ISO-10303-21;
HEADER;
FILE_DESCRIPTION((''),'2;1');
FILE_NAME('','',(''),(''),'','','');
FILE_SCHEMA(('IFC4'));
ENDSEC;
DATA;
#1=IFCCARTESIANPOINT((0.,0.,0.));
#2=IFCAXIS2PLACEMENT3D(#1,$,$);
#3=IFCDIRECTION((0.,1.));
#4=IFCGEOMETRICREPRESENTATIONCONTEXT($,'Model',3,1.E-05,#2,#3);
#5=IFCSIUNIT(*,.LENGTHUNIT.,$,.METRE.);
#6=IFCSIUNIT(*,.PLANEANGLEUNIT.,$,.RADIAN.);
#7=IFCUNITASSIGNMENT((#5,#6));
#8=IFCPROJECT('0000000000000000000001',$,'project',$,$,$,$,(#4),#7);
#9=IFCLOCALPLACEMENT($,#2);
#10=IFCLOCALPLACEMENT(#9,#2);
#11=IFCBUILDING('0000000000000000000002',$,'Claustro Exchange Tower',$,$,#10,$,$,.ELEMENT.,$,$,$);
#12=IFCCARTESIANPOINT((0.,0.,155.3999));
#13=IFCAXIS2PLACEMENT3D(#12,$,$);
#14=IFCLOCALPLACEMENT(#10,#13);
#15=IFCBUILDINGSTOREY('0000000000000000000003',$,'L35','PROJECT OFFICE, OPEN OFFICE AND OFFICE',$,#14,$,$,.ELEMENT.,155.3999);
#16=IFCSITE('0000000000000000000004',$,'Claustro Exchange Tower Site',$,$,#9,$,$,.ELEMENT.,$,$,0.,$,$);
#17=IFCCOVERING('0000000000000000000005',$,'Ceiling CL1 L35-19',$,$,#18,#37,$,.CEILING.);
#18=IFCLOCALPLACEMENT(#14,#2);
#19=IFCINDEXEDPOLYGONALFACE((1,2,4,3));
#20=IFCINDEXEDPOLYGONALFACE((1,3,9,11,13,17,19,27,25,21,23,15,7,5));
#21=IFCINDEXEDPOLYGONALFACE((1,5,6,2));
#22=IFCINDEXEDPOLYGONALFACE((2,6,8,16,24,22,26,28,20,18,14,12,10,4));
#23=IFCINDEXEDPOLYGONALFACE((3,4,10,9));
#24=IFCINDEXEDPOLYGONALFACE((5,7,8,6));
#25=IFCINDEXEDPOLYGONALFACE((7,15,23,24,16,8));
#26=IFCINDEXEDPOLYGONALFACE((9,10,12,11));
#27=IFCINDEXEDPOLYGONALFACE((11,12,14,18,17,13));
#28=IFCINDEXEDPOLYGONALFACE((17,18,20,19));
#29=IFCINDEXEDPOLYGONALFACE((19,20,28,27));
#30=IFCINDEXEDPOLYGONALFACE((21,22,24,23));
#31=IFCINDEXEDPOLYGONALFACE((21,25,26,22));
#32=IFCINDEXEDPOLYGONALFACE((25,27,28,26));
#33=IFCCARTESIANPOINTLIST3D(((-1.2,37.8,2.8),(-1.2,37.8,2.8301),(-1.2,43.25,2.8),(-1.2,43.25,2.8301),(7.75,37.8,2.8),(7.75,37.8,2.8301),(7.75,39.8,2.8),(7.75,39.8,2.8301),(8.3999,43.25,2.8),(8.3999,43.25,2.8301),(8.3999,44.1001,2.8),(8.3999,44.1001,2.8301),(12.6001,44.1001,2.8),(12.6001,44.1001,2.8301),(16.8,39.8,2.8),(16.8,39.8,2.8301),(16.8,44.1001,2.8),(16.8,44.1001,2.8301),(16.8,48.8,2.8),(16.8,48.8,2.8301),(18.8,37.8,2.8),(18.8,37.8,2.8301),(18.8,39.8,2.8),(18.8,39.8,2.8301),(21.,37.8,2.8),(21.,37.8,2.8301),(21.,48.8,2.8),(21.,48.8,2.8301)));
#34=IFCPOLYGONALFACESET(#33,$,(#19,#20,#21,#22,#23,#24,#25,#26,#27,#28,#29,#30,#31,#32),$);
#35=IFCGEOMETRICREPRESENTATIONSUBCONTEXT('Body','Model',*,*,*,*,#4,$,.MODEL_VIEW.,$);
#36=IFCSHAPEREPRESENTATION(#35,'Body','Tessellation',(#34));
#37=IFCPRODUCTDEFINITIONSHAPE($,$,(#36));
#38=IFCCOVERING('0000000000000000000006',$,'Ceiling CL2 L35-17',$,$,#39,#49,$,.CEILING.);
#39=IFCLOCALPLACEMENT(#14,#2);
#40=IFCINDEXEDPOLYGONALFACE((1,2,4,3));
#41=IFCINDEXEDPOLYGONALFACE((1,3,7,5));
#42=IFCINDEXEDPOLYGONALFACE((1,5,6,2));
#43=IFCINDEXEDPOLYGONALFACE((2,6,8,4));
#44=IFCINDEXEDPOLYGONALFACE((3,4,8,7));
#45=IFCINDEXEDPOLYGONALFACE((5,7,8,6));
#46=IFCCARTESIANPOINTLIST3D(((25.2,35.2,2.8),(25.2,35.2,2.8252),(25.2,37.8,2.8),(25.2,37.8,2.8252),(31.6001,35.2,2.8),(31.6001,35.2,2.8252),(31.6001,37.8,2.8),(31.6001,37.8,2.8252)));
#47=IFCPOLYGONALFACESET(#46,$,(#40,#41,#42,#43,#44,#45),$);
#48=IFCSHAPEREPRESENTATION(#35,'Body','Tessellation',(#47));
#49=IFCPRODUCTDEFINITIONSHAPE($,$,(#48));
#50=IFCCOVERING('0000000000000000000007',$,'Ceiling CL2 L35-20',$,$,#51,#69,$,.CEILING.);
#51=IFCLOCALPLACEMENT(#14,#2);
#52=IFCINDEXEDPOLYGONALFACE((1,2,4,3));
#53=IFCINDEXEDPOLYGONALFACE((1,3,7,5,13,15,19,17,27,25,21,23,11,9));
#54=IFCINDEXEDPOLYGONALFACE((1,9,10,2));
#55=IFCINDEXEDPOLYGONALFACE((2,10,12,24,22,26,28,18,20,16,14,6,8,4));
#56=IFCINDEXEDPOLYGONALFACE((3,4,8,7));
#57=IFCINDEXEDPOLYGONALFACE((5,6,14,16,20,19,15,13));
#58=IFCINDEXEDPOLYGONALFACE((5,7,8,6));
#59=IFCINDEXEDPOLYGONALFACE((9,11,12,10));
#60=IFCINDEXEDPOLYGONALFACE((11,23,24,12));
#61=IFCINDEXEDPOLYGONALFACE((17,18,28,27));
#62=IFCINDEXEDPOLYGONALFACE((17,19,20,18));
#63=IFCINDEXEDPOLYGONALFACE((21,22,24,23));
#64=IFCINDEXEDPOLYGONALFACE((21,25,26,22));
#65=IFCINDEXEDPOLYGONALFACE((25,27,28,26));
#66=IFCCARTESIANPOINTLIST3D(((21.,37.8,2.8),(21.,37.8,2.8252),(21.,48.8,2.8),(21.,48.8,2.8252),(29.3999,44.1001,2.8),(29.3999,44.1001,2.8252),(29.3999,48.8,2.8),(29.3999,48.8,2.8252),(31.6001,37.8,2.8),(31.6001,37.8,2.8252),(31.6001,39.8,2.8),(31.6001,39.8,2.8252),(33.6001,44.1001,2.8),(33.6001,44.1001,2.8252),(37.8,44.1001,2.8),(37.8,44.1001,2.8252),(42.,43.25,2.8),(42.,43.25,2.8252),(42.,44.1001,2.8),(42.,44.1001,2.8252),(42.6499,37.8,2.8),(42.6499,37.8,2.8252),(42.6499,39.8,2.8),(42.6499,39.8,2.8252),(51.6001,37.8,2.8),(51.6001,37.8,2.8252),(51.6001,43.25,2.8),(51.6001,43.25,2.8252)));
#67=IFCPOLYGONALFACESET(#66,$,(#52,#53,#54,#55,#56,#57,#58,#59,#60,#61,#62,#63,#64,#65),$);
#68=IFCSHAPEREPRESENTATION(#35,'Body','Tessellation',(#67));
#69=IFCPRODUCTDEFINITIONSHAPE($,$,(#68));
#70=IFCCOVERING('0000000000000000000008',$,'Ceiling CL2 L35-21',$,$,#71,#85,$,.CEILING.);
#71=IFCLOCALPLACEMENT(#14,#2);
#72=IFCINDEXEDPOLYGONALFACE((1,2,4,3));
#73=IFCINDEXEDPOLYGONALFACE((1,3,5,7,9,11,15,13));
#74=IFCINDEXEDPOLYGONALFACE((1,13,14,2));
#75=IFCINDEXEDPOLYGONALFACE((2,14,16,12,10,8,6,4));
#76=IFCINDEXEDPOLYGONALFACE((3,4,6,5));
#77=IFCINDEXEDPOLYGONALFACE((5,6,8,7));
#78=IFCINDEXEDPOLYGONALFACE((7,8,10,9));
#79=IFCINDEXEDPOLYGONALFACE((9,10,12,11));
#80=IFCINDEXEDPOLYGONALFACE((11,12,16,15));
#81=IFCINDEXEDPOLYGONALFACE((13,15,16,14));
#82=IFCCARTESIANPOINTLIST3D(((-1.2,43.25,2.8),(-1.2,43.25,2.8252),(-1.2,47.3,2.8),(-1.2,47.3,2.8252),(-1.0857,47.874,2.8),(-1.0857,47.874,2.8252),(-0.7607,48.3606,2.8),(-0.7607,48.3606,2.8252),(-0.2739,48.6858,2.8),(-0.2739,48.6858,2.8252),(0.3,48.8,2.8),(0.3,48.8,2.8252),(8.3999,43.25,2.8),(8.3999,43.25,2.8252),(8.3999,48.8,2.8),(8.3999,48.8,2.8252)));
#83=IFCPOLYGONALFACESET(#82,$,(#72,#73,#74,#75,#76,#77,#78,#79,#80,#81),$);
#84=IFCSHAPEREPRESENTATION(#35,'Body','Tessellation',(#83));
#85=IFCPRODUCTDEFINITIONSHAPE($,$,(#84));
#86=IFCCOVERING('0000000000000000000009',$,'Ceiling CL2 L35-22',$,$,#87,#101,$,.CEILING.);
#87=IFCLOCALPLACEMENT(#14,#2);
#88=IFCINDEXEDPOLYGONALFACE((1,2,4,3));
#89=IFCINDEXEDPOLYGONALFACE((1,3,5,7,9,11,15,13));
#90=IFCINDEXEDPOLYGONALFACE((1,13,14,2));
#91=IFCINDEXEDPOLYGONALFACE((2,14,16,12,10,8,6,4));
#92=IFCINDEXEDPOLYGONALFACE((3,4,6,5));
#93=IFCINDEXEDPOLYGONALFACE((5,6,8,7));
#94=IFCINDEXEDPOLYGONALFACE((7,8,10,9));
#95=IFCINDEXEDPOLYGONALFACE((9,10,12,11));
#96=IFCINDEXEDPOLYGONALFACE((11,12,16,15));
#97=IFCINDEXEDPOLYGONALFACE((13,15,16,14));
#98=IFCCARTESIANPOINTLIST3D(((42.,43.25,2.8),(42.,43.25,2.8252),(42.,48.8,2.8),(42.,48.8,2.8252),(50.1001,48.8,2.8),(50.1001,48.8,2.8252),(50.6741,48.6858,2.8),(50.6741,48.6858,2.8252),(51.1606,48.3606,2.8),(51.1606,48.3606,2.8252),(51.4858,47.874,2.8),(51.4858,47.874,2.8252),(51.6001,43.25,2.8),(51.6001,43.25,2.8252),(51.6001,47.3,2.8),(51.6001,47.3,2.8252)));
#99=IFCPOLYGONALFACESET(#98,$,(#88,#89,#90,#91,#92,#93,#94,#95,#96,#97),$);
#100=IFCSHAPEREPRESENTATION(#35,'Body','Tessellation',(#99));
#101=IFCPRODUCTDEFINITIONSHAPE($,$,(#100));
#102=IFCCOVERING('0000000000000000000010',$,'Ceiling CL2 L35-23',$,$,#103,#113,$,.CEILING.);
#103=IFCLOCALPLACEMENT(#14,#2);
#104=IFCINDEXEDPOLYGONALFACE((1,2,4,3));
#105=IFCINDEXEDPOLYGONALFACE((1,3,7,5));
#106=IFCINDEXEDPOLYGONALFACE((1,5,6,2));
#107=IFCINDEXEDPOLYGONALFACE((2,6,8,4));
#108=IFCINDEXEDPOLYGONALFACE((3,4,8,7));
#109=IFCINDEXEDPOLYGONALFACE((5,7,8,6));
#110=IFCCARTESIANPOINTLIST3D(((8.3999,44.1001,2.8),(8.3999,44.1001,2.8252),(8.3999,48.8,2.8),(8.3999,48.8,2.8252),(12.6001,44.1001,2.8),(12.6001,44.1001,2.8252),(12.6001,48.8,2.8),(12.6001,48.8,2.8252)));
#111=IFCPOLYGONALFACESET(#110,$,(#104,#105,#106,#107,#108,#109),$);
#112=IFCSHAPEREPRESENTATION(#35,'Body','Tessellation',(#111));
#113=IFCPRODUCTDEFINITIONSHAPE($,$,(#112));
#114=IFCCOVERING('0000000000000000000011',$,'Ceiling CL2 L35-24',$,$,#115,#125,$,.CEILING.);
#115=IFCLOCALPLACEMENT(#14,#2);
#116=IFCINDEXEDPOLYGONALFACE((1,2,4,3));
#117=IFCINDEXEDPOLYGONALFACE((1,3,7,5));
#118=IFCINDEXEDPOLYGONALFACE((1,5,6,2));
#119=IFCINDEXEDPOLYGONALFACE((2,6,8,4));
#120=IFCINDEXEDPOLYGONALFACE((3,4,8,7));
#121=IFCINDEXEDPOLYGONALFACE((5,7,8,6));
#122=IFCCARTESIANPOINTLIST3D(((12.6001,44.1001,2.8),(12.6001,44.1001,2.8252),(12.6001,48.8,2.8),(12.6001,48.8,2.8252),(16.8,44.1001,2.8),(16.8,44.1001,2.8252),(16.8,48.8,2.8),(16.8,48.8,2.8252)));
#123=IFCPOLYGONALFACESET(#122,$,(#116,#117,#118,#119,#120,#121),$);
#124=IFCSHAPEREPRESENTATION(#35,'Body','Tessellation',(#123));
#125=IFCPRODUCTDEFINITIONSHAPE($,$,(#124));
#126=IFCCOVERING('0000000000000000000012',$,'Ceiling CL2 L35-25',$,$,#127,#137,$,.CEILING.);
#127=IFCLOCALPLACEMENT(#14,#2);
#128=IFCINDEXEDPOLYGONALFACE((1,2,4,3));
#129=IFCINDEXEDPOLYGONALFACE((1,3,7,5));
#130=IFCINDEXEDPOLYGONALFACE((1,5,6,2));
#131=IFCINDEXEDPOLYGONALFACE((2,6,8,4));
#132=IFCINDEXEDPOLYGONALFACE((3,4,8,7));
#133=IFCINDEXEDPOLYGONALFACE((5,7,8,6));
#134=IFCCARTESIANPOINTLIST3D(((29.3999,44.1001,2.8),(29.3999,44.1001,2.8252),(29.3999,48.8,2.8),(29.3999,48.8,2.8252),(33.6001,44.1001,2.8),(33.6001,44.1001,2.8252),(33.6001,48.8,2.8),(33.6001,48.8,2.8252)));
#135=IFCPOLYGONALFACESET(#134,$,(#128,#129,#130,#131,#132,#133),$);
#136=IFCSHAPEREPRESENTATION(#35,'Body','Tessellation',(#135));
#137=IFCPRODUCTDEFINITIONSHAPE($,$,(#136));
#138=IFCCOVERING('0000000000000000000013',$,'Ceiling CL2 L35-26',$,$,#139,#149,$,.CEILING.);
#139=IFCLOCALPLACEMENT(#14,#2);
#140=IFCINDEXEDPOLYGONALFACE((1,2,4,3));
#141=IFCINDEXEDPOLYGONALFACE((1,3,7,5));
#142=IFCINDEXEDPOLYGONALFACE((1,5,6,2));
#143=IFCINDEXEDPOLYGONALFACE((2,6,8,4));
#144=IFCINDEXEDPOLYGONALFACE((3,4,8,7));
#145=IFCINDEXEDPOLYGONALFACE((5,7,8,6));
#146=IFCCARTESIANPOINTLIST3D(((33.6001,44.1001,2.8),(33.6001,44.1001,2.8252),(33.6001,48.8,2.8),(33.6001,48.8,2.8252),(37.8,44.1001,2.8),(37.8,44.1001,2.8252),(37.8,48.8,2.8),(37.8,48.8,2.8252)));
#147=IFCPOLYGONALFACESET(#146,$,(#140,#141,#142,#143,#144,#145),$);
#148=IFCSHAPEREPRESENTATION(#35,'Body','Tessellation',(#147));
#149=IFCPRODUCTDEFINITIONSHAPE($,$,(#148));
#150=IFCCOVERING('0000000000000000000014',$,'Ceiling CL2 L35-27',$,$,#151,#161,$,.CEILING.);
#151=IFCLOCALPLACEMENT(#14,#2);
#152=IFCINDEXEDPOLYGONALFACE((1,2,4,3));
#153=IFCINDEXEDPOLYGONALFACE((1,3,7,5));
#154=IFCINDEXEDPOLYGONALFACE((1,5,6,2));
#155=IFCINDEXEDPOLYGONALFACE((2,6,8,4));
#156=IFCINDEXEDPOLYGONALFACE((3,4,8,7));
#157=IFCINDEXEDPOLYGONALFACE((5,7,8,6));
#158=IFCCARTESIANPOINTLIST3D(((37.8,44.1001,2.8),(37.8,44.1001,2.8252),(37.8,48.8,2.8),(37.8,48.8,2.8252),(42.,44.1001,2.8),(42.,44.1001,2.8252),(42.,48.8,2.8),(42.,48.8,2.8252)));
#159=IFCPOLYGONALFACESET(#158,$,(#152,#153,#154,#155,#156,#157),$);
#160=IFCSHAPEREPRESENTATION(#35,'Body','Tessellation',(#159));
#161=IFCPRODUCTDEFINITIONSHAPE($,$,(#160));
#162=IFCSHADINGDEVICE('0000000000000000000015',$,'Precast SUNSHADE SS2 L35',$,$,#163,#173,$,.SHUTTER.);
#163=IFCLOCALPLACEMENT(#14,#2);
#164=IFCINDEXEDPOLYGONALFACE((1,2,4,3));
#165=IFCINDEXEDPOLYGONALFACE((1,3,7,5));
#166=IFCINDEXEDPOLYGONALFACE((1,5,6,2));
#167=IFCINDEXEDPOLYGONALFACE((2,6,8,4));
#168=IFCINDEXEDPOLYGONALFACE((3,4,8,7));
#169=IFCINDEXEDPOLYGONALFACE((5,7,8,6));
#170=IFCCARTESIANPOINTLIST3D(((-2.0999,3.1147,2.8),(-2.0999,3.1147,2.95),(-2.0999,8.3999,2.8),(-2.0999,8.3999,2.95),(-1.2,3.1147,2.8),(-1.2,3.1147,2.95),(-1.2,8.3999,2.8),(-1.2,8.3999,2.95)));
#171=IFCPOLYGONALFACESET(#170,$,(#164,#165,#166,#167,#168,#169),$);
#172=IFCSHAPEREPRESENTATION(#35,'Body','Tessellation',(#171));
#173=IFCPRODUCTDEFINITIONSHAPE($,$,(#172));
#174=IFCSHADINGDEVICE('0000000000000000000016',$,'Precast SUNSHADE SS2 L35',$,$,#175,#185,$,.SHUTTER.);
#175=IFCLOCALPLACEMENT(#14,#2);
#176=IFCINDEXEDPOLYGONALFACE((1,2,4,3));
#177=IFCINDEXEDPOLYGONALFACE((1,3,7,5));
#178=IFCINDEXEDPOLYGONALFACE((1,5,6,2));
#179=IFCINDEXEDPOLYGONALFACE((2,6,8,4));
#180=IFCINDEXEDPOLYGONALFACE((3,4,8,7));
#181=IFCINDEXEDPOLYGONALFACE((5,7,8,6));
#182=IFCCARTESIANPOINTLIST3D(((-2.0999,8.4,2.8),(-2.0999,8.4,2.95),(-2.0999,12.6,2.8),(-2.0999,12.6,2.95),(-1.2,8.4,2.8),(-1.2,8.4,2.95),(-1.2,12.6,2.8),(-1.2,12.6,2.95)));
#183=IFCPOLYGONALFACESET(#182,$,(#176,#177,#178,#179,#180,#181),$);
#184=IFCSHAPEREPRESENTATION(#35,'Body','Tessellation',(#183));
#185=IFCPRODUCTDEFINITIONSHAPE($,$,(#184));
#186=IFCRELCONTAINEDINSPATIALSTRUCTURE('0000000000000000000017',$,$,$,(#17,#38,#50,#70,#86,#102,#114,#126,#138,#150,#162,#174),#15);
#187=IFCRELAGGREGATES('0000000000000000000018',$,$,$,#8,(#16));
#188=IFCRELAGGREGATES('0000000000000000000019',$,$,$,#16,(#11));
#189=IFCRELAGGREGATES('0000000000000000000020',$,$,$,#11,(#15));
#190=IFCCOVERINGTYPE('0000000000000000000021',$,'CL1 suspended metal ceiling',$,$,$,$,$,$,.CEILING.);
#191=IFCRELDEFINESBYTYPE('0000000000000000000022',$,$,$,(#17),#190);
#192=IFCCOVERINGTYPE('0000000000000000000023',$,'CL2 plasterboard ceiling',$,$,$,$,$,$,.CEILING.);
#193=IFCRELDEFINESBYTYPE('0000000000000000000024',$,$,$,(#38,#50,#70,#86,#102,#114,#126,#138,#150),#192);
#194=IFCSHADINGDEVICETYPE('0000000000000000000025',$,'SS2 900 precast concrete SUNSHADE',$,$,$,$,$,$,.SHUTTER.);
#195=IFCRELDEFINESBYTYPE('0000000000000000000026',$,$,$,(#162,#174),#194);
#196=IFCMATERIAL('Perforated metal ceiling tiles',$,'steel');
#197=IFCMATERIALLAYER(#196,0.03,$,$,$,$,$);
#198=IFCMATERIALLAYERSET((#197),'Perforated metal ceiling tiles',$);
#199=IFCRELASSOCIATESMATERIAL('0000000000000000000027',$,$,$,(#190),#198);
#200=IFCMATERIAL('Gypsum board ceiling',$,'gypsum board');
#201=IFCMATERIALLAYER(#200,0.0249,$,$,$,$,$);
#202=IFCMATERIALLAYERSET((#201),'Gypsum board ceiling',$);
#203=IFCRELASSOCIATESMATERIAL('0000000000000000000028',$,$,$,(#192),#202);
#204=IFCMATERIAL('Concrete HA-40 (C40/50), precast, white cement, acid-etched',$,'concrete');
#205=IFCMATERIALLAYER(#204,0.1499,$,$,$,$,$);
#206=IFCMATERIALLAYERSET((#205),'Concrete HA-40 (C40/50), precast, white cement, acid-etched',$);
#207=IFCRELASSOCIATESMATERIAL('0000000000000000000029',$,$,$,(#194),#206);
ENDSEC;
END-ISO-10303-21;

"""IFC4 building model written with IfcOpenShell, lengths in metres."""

from ifc_helpers import new_model, si_unit, direction, frame, origin, origin_2d, place, context, subcontext, project, spatial, polyline, rectangle, outline, extrude, material, layer, layer_set, type_object, element, save


model = new_model("IFC4")

# Units and contexts
model_context = context("Model", 3, precision=1e-05, world=origin(), true_north=direction((0.0, 1.0)))
body_context = subcontext(model_context, "Body", "Model", "MODEL_VIEW")
ifc_project = project(units=[si_unit("LENGTHUNIT", "METRE"), si_unit("PLANEANGLEUNIT", "RADIAN")], contexts=[model_context])

# Site, building, storey
site_placement = place(None, origin())
site = spatial("IfcSite", under=ifc_project, at=site_placement, Name="Claustro Exchange Tower Site", CompositionType="ELEMENT", RefElevation=0.0)
building_placement = place(site_placement, origin())
building = spatial("IfcBuilding", under=site, at=building_placement, Name="Claustro Exchange Tower", CompositionType="ELEMENT")
storey_placement = place(building_placement, frame((0.0, 0.0, 155.3999)))
storey = spatial("IfcBuildingStorey", under=building, at=storey_placement, Name="L35", Description="PROJECT OFFICE, OPEN OFFICE AND OFFICE", CompositionType="ELEMENT", Elevation=155.3999)

# Coverings
ifc_material_1 = material(Name="Perforated metal ceiling tiles", Category="steel")
ifc_layer_1 = layer(ifc_material_1, 0.03)
ifc_layer_set_1 = layer_set([ifc_layer_1], Name="Perforated metal ceiling tiles")
covering_type_1 = type_object("IfcCoveringType", Name="CL1 suspended metal ceiling", PredefinedType="CEILING", material=ifc_layer_set_1)
covering_1_placement = place(storey_placement, frame((0.0, 0.0, 2.8)))
element("IfcCovering", 1, at=covering_1_placement, inside=storey, type_object=covering_type_1, Name="Ceiling CL1 L35-19", PredefinedType="CEILING", context=body_context, shape_type="SweptSolid", body=[
    extrude(outline(polyline([(-1.2, 43.25), (-1.2, 37.8), (7.75, 37.8), (7.75, 39.8), (16.8, 39.8), (18.8, 39.8), (18.8, 37.8), (21.0, 37.8), (21.0, 48.8), (16.8, 48.8), (16.8, 44.1001), (12.6001, 44.1001), (8.3999, 44.1001), (8.3999, 43.25), (-1.2, 43.25)])), origin(), (0.0, 0.0, 1.0), 0.03),
])
ifc_material_2 = material(Name="Gypsum board ceiling", Category="gypsum board")
ifc_layer_2 = layer(ifc_material_2, 0.0249)
ifc_layer_set_2 = layer_set([ifc_layer_2], Name="Gypsum board ceiling")
covering_type_2 = type_object("IfcCoveringType", Name="CL2 plasterboard ceiling", PredefinedType="CEILING", material=ifc_layer_set_2)
covering_2_placement = place(storey_placement, frame((0.0, 0.0, 2.8)))
element("IfcCovering", 2, at=covering_2_placement, inside=storey, type_object=covering_type_2, Name="Ceiling CL2 L35-17", PredefinedType="CEILING", context=body_context, shape_type="SweptSolid", body=[
    extrude(outline(polyline([(25.2, 35.2), (31.6001, 35.2), (31.6001, 37.8), (25.2, 37.8), (25.2, 35.2)])), origin(), (0.0, 0.0, 1.0), 0.0251),
])
covering_3_placement = place(storey_placement, frame((0.0, 0.0, 2.8)))
element("IfcCovering", 3, at=covering_3_placement, inside=storey, type_object=covering_type_2, Name="Ceiling CL2 L35-20", PredefinedType="CEILING", context=body_context, shape_type="SweptSolid", body=[
    extrude(outline(polyline([(29.3999, 48.8), (21.0, 48.8), (21.0, 37.8), (31.6001, 37.8), (31.6001, 39.8), (42.6499, 39.8), (42.6499, 37.8), (51.6001, 37.8), (51.6001, 43.25), (42.0, 43.25), (42.0, 44.1001), (37.8, 44.1001), (33.6001, 44.1001), (29.3999, 44.1001), (29.3999, 48.8)])), origin(), (0.0, 0.0, 1.0), 0.0251),
])
covering_4_placement = place(storey_placement, frame((0.0, 0.0, 2.8)))
element("IfcCovering", 4, at=covering_4_placement, inside=storey, type_object=covering_type_2, Name="Ceiling CL2 L35-21", PredefinedType="CEILING", context=body_context, shape_type="SweptSolid", body=[
    extrude(outline(polyline([(-1.2, 47.3), (-1.2, 43.25), (8.3999, 43.25), (8.3999, 48.8), (0.3, 48.8), (-0.2739, 48.6858), (-0.7607, 48.3606), (-1.0857, 47.874), (-1.2, 47.3)])), origin(), (0.0, 0.0, 1.0), 0.0251),
])
covering_5_placement = place(storey_placement, frame((0.0, 0.0, 2.8)))
element("IfcCovering", 5, at=covering_5_placement, inside=storey, type_object=covering_type_2, Name="Ceiling CL2 L35-22", PredefinedType="CEILING", context=body_context, shape_type="SweptSolid", body=[
    extrude(outline(polyline([(50.1001, 48.8), (42.0, 48.8), (42.0, 43.25), (51.6001, 43.25), (51.6001, 47.3), (51.4858, 47.874), (51.1606, 48.3606), (50.6741, 48.6858), (50.1001, 48.8)])), origin(), (0.0, 0.0, 1.0), 0.0251),
])
covering_6_placement = place(storey_placement, frame((0.0, 0.0, 2.8)))
element("IfcCovering", 6, at=covering_6_placement, inside=storey, type_object=covering_type_2, Name="Ceiling CL2 L35-23", PredefinedType="CEILING", context=body_context, shape_type="SweptSolid", body=[
    extrude(outline(polyline([(12.6001, 48.8), (8.3999, 48.8), (8.3999, 44.1001), (12.6001, 44.1001), (12.6001, 48.8)])), origin(), (0.0, 0.0, 1.0), 0.0251),
])
covering_7_placement = place(storey_placement, frame((0.0, 0.0, 2.8)))
element("IfcCovering", 7, at=covering_7_placement, inside=storey, type_object=covering_type_2, Name="Ceiling CL2 L35-24", PredefinedType="CEILING", context=body_context, shape_type="SweptSolid", body=[
    extrude(outline(polyline([(16.8, 48.8), (12.6001, 48.8), (12.6001, 44.1001), (16.8, 44.1001), (16.8, 48.8)])), origin(), (0.0, 0.0, 1.0), 0.0251),
])
covering_8_placement = place(storey_placement, frame((0.0, 0.0, 2.8)))
element("IfcCovering", 8, at=covering_8_placement, inside=storey, type_object=covering_type_2, Name="Ceiling CL2 L35-25", PredefinedType="CEILING", context=body_context, shape_type="SweptSolid", body=[
    extrude(outline(polyline([(33.6001, 48.8), (29.3999, 48.8), (29.3999, 44.1001), (33.6001, 44.1001), (33.6001, 48.8)])), origin(), (0.0, 0.0, 1.0), 0.0251),
])
covering_9_placement = place(storey_placement, frame((0.0, 0.0, 2.8)))
element("IfcCovering", 9, at=covering_9_placement, inside=storey, type_object=covering_type_2, Name="Ceiling CL2 L35-26", PredefinedType="CEILING", context=body_context, shape_type="SweptSolid", body=[
    extrude(outline(polyline([(37.8, 48.8), (33.6001, 48.8), (33.6001, 44.1001), (37.8, 44.1001), (37.8, 48.8)])), origin(), (0.0, 0.0, 1.0), 0.0251),
])
covering_10_placement = place(storey_placement, frame((0.0, 0.0, 2.8)))
element("IfcCovering", 10, at=covering_10_placement, inside=storey, type_object=covering_type_2, Name="Ceiling CL2 L35-27", PredefinedType="CEILING", context=body_context, shape_type="SweptSolid", body=[
    extrude(outline(polyline([(42.0, 48.8), (37.8, 48.8), (37.8, 44.1001), (42.0, 44.1001), (42.0, 48.8)])), origin(), (0.0, 0.0, 1.0), 0.0251),
])

# Shading devices
ifc_material_3 = material(Name="Concrete HA-40 (C40/50), precast, white cement, acid-etched", Category="concrete")
ifc_layer_3 = layer(ifc_material_3, 0.1499)
ifc_layer_set_3 = layer_set([ifc_layer_3], Name="Concrete HA-40 (C40/50), precast, white cement, acid-etched")
shading_device_type = type_object("IfcShadingDeviceType", Name="SS2 900 precast concrete SUNSHADE", PredefinedType="SHUTTER", material=ifc_layer_set_3)
shading_device_1_placement = place(storey_placement, frame((-1.6499, 5.7573, 2.8), z_axis=(0.0, 0.0, 1.0), x_axis=(0.0, 1.0, 0.0)))
element("IfcShadingDevice", 11, at=shading_device_1_placement, inside=storey, type_object=shading_device_type, Name="Precast SUNSHADE SS2 L35", PredefinedType="SHUTTER", context=body_context, shape_type="SweptSolid", body=[
    extrude(rectangle(XDim=5.2852, YDim=0.8999, at=origin_2d()), origin(), (0.0, 0.0, 1.0), 0.1499),
])
shading_device_2_placement = place(storey_placement, frame((-1.6499, 10.5, 2.8), z_axis=(0.0, 0.0, 1.0), x_axis=(0.0, 1.0, 0.0)))
element("IfcShadingDevice", 12, at=shading_device_2_placement, inside=storey, type_object=shading_device_type, Name="Precast SUNSHADE SS2 L35", PredefinedType="SHUTTER", context=body_context, shape_type="SweptSolid", body=[
    extrude(rectangle(XDim=4.2, YDim=0.8999, at=origin_2d()), origin(), (0.0, 0.0, 1.0), 0.1499),
])

save(model, "model.ifc")
